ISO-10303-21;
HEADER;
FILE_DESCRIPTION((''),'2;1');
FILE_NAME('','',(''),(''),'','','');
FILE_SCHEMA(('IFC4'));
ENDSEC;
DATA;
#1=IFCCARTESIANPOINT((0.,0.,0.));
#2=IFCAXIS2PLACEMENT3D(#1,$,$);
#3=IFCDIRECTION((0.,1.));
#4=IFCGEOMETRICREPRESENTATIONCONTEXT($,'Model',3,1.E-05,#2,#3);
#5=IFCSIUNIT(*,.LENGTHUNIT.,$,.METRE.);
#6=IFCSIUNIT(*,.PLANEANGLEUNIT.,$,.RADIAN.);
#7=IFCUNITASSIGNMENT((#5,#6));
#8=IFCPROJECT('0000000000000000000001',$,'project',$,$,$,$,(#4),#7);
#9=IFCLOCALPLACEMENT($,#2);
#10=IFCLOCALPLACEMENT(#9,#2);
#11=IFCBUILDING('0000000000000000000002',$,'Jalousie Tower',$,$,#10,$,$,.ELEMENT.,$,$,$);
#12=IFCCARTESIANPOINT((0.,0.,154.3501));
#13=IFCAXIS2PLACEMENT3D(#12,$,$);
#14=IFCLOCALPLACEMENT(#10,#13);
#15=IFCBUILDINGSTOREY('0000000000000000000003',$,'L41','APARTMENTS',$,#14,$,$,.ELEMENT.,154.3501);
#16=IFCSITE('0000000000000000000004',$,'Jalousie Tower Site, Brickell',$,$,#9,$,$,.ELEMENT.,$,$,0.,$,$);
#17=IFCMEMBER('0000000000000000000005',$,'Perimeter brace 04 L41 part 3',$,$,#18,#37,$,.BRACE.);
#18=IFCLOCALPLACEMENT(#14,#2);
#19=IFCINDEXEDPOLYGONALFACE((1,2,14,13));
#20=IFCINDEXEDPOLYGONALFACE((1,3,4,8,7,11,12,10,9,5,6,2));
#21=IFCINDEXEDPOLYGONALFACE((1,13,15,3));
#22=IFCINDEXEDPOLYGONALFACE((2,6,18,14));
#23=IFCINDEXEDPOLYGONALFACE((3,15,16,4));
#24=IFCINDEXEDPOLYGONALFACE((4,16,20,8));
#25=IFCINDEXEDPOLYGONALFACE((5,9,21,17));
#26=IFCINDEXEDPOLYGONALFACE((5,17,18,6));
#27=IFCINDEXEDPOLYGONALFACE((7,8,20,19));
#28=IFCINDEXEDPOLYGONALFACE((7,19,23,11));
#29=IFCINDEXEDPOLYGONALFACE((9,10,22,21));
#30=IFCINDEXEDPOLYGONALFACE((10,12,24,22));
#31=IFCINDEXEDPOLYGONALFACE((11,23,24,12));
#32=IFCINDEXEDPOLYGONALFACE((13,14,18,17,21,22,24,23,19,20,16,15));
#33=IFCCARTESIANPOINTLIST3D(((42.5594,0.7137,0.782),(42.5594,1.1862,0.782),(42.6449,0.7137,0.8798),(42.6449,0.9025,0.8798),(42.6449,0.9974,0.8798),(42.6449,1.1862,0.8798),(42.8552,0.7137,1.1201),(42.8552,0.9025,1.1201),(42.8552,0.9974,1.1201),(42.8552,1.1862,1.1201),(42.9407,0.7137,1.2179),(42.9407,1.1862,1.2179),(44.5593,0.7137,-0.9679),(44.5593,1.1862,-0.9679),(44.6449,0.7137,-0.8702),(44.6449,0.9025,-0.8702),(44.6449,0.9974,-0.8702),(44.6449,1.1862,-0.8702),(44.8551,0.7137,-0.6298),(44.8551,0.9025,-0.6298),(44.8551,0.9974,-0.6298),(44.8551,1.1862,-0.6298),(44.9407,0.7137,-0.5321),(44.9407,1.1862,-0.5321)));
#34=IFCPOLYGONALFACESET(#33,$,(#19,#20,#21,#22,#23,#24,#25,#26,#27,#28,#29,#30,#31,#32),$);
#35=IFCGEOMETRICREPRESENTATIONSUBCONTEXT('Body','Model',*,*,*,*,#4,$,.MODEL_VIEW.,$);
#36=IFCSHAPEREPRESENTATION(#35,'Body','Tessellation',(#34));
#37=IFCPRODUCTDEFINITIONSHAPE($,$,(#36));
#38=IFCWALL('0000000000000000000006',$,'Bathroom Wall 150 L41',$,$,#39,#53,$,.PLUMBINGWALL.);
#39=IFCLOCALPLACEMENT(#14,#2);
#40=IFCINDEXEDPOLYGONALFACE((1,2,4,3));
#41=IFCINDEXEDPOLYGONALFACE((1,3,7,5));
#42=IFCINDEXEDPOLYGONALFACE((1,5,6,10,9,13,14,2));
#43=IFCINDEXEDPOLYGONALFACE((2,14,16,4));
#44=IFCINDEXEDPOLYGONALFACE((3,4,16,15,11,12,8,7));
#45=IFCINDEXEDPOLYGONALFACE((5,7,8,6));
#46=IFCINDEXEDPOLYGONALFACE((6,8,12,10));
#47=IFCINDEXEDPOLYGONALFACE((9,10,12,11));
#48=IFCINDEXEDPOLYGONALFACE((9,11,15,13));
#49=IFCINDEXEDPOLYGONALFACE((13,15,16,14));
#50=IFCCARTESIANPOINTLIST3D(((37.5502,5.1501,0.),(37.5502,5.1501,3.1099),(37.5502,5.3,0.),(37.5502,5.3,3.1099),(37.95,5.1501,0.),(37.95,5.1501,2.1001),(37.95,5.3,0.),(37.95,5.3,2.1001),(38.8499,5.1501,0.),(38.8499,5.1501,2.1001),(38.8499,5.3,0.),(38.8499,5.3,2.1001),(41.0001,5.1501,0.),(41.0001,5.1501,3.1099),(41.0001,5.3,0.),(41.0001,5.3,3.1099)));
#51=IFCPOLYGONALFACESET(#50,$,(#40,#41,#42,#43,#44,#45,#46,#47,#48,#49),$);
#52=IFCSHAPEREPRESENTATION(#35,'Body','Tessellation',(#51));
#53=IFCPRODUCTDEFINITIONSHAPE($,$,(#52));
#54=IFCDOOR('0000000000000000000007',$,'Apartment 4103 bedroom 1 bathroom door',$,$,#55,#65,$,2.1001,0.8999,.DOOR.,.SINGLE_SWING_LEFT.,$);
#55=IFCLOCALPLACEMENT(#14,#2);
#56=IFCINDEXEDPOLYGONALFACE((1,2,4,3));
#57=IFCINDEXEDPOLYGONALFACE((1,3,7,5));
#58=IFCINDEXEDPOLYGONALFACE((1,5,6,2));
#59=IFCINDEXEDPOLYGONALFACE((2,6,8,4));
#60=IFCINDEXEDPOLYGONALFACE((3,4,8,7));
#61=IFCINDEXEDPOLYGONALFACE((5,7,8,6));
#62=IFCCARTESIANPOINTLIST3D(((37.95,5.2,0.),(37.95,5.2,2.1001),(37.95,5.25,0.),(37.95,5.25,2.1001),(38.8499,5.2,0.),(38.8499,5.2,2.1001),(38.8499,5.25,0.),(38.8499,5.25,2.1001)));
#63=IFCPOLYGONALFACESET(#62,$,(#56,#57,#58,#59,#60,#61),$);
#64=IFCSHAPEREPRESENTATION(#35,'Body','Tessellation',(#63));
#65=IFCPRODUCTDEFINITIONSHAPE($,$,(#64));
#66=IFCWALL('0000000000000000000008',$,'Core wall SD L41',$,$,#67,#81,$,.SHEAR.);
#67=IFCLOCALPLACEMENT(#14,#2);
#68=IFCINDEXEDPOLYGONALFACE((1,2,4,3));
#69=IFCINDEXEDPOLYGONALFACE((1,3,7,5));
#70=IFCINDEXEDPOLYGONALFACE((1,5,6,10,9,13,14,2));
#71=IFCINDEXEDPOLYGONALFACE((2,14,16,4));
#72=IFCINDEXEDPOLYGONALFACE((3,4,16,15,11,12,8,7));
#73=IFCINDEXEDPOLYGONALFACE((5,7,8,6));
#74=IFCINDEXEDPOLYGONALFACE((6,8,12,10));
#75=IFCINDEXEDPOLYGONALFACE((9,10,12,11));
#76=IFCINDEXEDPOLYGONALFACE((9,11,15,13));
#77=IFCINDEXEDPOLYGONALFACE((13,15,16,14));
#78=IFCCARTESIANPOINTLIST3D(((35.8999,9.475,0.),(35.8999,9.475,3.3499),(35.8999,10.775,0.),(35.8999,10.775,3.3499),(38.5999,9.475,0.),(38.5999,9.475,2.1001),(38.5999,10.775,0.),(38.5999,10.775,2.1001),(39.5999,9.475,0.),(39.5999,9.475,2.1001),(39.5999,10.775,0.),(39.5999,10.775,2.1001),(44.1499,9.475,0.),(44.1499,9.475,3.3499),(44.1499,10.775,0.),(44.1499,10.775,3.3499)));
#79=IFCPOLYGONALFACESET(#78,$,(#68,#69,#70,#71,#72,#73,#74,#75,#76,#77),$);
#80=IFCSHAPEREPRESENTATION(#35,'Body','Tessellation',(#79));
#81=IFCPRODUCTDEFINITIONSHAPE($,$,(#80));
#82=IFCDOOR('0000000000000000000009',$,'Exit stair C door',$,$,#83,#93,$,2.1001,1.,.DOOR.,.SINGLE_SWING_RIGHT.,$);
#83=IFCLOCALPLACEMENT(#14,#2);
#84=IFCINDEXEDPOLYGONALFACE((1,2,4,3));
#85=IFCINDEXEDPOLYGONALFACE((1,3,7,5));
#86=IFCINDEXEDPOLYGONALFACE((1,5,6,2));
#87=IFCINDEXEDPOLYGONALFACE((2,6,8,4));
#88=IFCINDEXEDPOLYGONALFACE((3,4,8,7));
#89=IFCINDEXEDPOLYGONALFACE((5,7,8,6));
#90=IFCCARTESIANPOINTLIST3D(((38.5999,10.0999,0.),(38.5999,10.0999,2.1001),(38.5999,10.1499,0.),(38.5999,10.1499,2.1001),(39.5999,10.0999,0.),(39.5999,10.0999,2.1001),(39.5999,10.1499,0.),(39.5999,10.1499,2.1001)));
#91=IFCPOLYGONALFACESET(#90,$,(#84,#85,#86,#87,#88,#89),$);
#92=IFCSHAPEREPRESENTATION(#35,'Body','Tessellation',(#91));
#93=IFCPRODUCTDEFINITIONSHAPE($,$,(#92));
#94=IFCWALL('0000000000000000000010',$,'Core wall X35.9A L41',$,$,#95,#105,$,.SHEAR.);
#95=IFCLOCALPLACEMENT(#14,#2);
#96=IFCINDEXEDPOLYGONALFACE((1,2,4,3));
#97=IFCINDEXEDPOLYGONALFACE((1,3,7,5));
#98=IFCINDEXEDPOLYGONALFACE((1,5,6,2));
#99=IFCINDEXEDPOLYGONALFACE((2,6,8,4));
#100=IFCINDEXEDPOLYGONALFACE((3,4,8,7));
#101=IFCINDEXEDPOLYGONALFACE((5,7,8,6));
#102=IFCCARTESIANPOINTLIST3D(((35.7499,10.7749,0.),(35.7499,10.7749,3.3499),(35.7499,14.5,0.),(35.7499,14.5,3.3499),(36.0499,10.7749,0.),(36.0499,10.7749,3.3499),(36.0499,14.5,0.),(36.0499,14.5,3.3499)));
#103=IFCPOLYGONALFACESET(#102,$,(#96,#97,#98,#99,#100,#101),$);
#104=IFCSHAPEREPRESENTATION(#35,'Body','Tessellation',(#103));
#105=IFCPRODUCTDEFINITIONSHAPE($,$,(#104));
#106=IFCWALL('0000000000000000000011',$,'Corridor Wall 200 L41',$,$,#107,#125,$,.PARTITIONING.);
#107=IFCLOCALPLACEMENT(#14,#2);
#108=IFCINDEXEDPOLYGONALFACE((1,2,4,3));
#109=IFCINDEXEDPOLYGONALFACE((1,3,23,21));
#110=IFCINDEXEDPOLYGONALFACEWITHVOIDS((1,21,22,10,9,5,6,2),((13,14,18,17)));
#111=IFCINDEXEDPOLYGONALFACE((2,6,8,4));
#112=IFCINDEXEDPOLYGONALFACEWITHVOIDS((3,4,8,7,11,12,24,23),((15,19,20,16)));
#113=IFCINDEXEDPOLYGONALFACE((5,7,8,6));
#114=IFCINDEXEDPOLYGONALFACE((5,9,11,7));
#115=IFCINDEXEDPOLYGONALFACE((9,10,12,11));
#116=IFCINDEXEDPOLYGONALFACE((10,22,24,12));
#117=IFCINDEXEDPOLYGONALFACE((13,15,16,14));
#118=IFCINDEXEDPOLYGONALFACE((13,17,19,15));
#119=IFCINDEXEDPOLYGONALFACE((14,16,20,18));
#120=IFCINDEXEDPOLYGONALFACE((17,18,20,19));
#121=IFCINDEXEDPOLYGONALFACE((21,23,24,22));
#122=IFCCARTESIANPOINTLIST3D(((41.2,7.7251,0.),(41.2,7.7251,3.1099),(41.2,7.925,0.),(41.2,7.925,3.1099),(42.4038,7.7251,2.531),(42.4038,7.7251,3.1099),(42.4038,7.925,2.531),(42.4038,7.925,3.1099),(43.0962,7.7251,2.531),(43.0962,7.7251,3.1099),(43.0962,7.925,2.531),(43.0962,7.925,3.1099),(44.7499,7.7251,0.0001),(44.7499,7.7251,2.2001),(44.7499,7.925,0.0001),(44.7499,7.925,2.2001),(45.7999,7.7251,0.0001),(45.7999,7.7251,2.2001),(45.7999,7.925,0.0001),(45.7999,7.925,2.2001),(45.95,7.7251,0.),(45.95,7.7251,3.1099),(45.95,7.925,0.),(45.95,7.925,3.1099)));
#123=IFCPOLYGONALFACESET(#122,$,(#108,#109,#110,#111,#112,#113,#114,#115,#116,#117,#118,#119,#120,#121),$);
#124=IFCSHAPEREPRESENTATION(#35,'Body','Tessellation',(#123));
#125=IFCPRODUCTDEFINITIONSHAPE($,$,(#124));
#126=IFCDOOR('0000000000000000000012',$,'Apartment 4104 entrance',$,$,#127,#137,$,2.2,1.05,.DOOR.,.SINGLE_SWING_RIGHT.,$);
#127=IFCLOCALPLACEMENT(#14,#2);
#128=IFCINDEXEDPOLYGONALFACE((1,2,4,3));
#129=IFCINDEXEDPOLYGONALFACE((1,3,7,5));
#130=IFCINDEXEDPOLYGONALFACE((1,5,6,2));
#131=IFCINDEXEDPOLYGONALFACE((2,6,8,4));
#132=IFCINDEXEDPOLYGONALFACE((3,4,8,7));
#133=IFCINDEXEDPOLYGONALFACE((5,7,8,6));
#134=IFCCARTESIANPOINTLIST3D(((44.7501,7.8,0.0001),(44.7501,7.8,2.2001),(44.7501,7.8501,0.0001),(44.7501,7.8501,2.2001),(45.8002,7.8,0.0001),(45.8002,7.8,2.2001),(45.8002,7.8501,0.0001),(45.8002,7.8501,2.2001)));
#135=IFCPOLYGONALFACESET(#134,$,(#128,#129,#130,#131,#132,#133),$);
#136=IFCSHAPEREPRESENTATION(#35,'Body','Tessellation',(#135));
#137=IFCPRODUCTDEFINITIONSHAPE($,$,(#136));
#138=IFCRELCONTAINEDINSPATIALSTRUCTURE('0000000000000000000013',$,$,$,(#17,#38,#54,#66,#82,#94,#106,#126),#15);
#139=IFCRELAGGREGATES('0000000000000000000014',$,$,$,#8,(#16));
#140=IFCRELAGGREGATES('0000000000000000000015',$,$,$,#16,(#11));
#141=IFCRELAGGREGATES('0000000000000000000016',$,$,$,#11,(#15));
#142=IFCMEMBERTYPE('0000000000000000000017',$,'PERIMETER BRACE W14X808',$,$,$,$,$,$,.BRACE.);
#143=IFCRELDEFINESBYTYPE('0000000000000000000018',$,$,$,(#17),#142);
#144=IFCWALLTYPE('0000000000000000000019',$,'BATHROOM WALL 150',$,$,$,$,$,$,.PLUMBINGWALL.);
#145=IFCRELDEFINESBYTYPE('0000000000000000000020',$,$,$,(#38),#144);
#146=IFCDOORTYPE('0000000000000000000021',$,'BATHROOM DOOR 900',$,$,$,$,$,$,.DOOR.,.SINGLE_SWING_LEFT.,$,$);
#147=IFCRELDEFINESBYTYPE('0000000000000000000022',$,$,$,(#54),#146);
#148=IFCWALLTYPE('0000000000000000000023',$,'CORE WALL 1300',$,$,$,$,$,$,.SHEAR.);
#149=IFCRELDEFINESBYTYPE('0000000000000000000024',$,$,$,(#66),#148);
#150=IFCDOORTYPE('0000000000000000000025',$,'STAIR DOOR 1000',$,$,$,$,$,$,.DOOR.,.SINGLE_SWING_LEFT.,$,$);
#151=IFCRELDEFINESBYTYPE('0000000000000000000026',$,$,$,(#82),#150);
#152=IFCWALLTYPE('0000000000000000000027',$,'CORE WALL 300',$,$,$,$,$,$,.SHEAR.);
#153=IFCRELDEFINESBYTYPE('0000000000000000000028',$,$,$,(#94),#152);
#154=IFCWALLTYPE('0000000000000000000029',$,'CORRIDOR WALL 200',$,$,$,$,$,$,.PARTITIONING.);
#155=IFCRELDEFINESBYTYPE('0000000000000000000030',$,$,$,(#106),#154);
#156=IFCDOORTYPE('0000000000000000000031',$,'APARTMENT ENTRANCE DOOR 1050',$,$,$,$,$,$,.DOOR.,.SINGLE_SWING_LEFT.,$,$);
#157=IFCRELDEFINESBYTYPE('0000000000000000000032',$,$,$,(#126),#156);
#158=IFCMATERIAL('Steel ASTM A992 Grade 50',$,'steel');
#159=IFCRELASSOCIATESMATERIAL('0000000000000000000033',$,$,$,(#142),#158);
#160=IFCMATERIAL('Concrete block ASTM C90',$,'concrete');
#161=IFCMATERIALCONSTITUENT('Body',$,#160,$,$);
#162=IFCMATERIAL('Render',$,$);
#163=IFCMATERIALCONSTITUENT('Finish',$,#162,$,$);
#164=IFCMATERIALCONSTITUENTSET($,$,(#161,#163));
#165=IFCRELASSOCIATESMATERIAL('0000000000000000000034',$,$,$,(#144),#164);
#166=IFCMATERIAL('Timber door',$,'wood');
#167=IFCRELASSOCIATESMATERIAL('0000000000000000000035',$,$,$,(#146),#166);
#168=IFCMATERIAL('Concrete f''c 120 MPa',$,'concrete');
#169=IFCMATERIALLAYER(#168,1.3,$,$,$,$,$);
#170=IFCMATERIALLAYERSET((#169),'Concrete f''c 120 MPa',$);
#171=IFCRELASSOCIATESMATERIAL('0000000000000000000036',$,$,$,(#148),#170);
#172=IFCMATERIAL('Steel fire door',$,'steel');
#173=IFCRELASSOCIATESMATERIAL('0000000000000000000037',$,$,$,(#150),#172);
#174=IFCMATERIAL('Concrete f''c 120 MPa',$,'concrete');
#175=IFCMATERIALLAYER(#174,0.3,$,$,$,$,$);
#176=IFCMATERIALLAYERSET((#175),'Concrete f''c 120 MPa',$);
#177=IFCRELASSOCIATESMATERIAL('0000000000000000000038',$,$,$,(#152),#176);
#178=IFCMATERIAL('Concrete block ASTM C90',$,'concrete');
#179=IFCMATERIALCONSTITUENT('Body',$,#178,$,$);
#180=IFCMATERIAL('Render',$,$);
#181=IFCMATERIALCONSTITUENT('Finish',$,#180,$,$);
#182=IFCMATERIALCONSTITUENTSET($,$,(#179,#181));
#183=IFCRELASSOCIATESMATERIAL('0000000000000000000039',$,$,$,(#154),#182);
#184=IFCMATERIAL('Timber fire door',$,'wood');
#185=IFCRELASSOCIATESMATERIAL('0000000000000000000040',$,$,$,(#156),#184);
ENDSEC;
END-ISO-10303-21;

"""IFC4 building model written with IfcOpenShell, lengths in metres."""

from ifc_helpers import new_model, si_unit, direction, frame, frame_2d, origin, origin_2d, place, context, subcontext, project, spatial, polyline, rectangle, i_section, outline, extrude, material, layer, layer_set, constituent, constituent_set, material_profile, profile_set, type_object, element, fill, save


model = new_model("IFC4")

# Units and contexts
model_context = context("Model", 3, precision=1e-05, world=origin(), true_north=direction((0.0, 1.0)))
body_context = subcontext(model_context, "Body", "Model", "MODEL_VIEW")
ifc_project = project(units=[si_unit("LENGTHUNIT", "METRE"), si_unit("PLANEANGLEUNIT", "RADIAN")], contexts=[model_context])

# Site, building, storey
site_placement = place(None, origin())
site = spatial("IfcSite", under=ifc_project, at=site_placement, Name="Jalousie Tower Site, Brickell", CompositionType="ELEMENT", RefElevation=0.0)
building_placement = place(site_placement, origin())
building = spatial("IfcBuilding", under=site, at=building_placement, Name="Jalousie Tower", CompositionType="ELEMENT")
storey_placement = place(building_placement, frame((0.0, 0.0, 154.3501)))
storey = spatial("IfcBuildingStorey", under=building, at=storey_placement, Name="L41", Description="APARTMENTS", CompositionType="ELEMENT", Elevation=154.3501)

# Member
ifc_material_1 = material(Name="Steel ASTM A992 Grade 50", Category="steel")
ifc_material_profile = material_profile(ifc_material_1, i_section(OverallWidth=0.4724, OverallDepth=0.5791, WebThickness=0.095, FlangeThickness=0.1299, at=origin_2d()), Name="W14X808")
ifc_profile_set = profile_set([ifc_material_profile], Name="Steel ASTM A992 Grade 50")
member_type = type_object("IfcMemberType", Name="PERIMETER BRACE W14X808", PredefinedType="BRACE", material=ifc_profile_set)
member_placement = place(storey_placement, frame((44.75, 0.95, -0.75), z_axis=(-0.752577, 0.0, 0.658505), x_axis=(0.0, -1.0, 0.0)))
element("IfcMember", 1, at=member_placement, inside=storey, type_object=member_type, Name="Perimeter brace 04 L41 part 3", PredefinedType="BRACE", context=body_context, shape_type="SweptSolid", body=[
    extrude(i_section(OverallWidth=0.4724, OverallDepth=0.5791, WebThickness=0.095, FlangeThickness=0.1299, at=origin_2d()), origin(), (0.0, 0.0, 1.0), 2.6575),
])

# Walls, openings, doors
ifc_material_2 = material(Name="Concrete block ASTM C90", Category="concrete")
ifc_constituent_1 = constituent(ifc_material_2, Name="Body")
ifc_material_3 = material(Name="Render")
ifc_constituent_2 = constituent(ifc_material_3, Name="Finish")
ifc_constituent_set_1 = constituent_set(constituents=[ifc_constituent_1, ifc_constituent_2])
wall_type_1 = type_object("IfcWallType", Name="BATHROOM WALL 150", PredefinedType="PLUMBINGWALL", material=ifc_constituent_set_1)
wall_1_placement = place(storey_placement, frame((37.55, 5.2251, 0.0), z_axis=(0.0, 0.0, 1.0), x_axis=(1.0, 0.0, 0.0)))
wall_1 = element("IfcWall", 2, at=wall_1_placement, inside=storey, type_object=wall_type_1, Name="Bathroom Wall 150 L41", PredefinedType="PLUMBINGWALL", context=body_context, shape_type="SweptSolid", body=[
    extrude(rectangle(XDim=3.45, YDim=0.1499, at=frame_2d((1.7251, 0.0))), origin(), (0.0, 0.0, 1.0), 3.1099),
])
opening_1_placement = place(wall_1_placement, frame((0.3999, 0.0, 0.0)))
opening_1 = element("IfcOpeningElement", 3, at=opening_1_placement, cuts=wall_1, PredefinedType="OPENING", context=body_context, shape_type="SweptSolid", body=[
    extrude(rectangle(XDim=0.8999, YDim=2.1001, at=frame_2d((0.45, 1.05))), frame((0.0, 0.085, 0.0), z_axis=(0.0, -1.0, 0.0), x_axis=(1.0, 0.0, 0.0)), (0.0, 0.0, 1.0), 0.1699),
])
ifc_material_4 = material(Name="Timber door", Category="wood")
door_type_1 = type_object("IfcDoorType", Name="BATHROOM DOOR 900", OperationType="SINGLE_SWING_LEFT", PredefinedType="DOOR", material=ifc_material_4)
door_1_placement = place(opening_1_placement, origin())
door_1 = element("IfcDoor", 4, at=door_1_placement, inside=storey, type_object=door_type_1, Name="Apartment 4103 bedroom 1 bathroom door", OperationType="SINGLE_SWING_LEFT", OverallHeight=2.1001, OverallWidth=0.8999, PredefinedType="DOOR", context=body_context, shape_type="SweptSolid", body=[
    extrude(rectangle(XDim=0.8999, YDim=2.1001, at=frame_2d((0.45, 1.05))), frame((0.0, 0.0249, 0.0), z_axis=(0.0, -1.0, 0.0), x_axis=(1.0, 0.0, 0.0)), (0.0, 0.0, 1.0), 0.05),
])
fill(opening_1, door_1)
ifc_material_5 = material(Name="Concrete f'c 120 MPa", Category="concrete")
ifc_layer_1 = layer(ifc_material_5, 1.3)
ifc_layer_set_1 = layer_set([ifc_layer_1], Name="Concrete f'c 120 MPa")
wall_type_2 = type_object("IfcWallType", Name="CORE WALL 1300", PredefinedType="SHEAR", material=ifc_layer_set_1)
wall_2_placement = place(storey_placement, frame((35.8999, 10.125, 0.0), z_axis=(0.0, 0.0, 1.0), x_axis=(1.0, 0.0, 0.0)))
wall_2 = element("IfcWall", 5, at=wall_2_placement, inside=storey, type_object=wall_type_2, Name="Core wall SD L41", PredefinedType="SHEAR", context=body_context, shape_type="SweptSolid", body=[
    extrude(rectangle(XDim=8.25, YDim=1.3, at=frame_2d((4.125, 0.0))), origin(), (0.0, 0.0, 1.0), 3.3499),
])
opening_2_placement = place(wall_2_placement, frame((2.7, 0.0, 0.0)))
opening_2 = element("IfcOpeningElement", 6, at=opening_2_placement, cuts=wall_2, PredefinedType="OPENING", context=body_context, shape_type="SweptSolid", body=[
    extrude(rectangle(XDim=1.0, YDim=2.1001, at=frame_2d((0.5, 1.05))), frame((0.0, 0.6599, 0.0), z_axis=(0.0, -1.0, 0.0), x_axis=(1.0, 0.0, 0.0)), (0.0, 0.0, 1.0), 1.3201),
])
ifc_material_6 = material(Name="Steel fire door", Category="steel")
door_type_2 = type_object("IfcDoorType", Name="STAIR DOOR 1000", OperationType="SINGLE_SWING_LEFT", PredefinedType="DOOR", material=ifc_material_6)
door_2_placement = place(opening_2_placement, origin())
door_2 = element("IfcDoor", 7, at=door_2_placement, inside=storey, type_object=door_type_2, Name="Exit stair C door", OperationType="SINGLE_SWING_RIGHT", OverallHeight=2.1001, OverallWidth=1.0, PredefinedType="DOOR", context=body_context, shape_type="SweptSolid", body=[
    extrude(rectangle(XDim=1.0, YDim=2.1001, at=frame_2d((0.5, 1.05))), frame((0.0, 0.0249, 0.0), z_axis=(0.0, -1.0, 0.0), x_axis=(1.0, 0.0, 0.0)), (0.0, 0.0, 1.0), 0.05),
])
fill(opening_2, door_2)

# Wall
ifc_material_7 = material(Name="Concrete f'c 120 MPa", Category="concrete")
ifc_layer_2 = layer(ifc_material_7, 0.3)
ifc_layer_set_2 = layer_set([ifc_layer_2], Name="Concrete f'c 120 MPa")
wall_type_3 = type_object("IfcWallType", Name="CORE WALL 300", PredefinedType="SHEAR", material=ifc_layer_set_2)
wall_3_placement = place(storey_placement, frame((35.8999, 10.7749, 0.0), z_axis=(0.0, 0.0, 1.0), x_axis=(0.0, 1.0, 0.0)))
element("IfcWall", 8, at=wall_3_placement, inside=storey, type_object=wall_type_3, Name="Core wall X35.9A L41", PredefinedType="SHEAR", context=body_context, shape_type="SweptSolid", body=[
    extrude(rectangle(XDim=3.7251, YDim=0.3, at=frame_2d((1.8625, 0.0))), origin(), (0.0, 0.0, 1.0), 3.3499),
])

# Wall, opening, door
ifc_material_8 = material(Name="Concrete block ASTM C90", Category="concrete")
ifc_constituent_3 = constituent(ifc_material_8, Name="Body")
ifc_material_9 = material(Name="Render")
ifc_constituent_4 = constituent(ifc_material_9, Name="Finish")
ifc_constituent_set_2 = constituent_set(constituents=[ifc_constituent_3, ifc_constituent_4])
wall_type_4 = type_object("IfcWallType", Name="CORRIDOR WALL 200", PredefinedType="PARTITIONING", material=ifc_constituent_set_2)
wall_4_placement = place(storey_placement, frame((41.2, 7.825, 0.0), z_axis=(0.0, 0.0, 1.0), x_axis=(1.0, 0.0, 0.0)))
wall_4 = element("IfcWall", 9, at=wall_4_placement, inside=storey, type_object=wall_type_4, Name="Corridor Wall 200 L41", PredefinedType="PARTITIONING", context=body_context, shape_type="SweptSolid", body=[
    extrude(outline(polyline([(0.0, 0.0), (4.75, 0.0), (4.75, 3.1099), (1.8962, 3.1099), (1.8962, 2.531), (1.2039, 2.531), (1.2039, 3.1099), (0.0, 3.1099), (0.0, 0.0)])), frame((0.0, 0.1001, 0.0), z_axis=(0.0, -1.0, 0.0), x_axis=(1.0, 0.0, 0.0)), (0.0, 0.0, 1.0), 0.2),
])
opening_3_placement = place(wall_4_placement, frame((3.55, 0.0, 0.0)))
opening_3 = element("IfcOpeningElement", 10, at=opening_3_placement, cuts=wall_4, PredefinedType="OPENING", context=body_context, shape_type="SweptSolid", body=[
    extrude(rectangle(XDim=1.05, YDim=2.2, at=frame_2d((0.5249, 1.1001))), frame((0.0, 0.1099, 0.0), z_axis=(0.0, -1.0, 0.0), x_axis=(1.0, 0.0, 0.0)), (0.0, 0.0, 1.0), 0.22),
])
ifc_material_10 = material(Name="Timber fire door", Category="wood")
door_type_3 = type_object("IfcDoorType", Name="APARTMENT ENTRANCE DOOR 1050", OperationType="SINGLE_SWING_LEFT", PredefinedType="DOOR", material=ifc_material_10)
door_3_placement = place(opening_3_placement, frame((1.05, 0.0, 0.0), z_axis=(0.0, 0.0, 1.0), x_axis=(-1.0, 0.0, 0.0)))
door_3 = element("IfcDoor", 11, at=door_3_placement, inside=storey, type_object=door_type_3, Name="Apartment 4104 entrance", OperationType="SINGLE_SWING_RIGHT", OverallHeight=2.2, OverallWidth=1.05, PredefinedType="DOOR", context=body_context, shape_type="SweptSolid", body=[
    extrude(rectangle(XDim=1.05, YDim=2.2, at=frame_2d((0.5249, 1.1001))), frame((0.0, 0.0249, 0.0), z_axis=(0.0, -1.0, 0.0), x_axis=(1.0, 0.0, 0.0)), (0.0, 0.0, 1.0), 0.05),
])
fill(opening_3, door_3)

save(model, "model.ifc")
